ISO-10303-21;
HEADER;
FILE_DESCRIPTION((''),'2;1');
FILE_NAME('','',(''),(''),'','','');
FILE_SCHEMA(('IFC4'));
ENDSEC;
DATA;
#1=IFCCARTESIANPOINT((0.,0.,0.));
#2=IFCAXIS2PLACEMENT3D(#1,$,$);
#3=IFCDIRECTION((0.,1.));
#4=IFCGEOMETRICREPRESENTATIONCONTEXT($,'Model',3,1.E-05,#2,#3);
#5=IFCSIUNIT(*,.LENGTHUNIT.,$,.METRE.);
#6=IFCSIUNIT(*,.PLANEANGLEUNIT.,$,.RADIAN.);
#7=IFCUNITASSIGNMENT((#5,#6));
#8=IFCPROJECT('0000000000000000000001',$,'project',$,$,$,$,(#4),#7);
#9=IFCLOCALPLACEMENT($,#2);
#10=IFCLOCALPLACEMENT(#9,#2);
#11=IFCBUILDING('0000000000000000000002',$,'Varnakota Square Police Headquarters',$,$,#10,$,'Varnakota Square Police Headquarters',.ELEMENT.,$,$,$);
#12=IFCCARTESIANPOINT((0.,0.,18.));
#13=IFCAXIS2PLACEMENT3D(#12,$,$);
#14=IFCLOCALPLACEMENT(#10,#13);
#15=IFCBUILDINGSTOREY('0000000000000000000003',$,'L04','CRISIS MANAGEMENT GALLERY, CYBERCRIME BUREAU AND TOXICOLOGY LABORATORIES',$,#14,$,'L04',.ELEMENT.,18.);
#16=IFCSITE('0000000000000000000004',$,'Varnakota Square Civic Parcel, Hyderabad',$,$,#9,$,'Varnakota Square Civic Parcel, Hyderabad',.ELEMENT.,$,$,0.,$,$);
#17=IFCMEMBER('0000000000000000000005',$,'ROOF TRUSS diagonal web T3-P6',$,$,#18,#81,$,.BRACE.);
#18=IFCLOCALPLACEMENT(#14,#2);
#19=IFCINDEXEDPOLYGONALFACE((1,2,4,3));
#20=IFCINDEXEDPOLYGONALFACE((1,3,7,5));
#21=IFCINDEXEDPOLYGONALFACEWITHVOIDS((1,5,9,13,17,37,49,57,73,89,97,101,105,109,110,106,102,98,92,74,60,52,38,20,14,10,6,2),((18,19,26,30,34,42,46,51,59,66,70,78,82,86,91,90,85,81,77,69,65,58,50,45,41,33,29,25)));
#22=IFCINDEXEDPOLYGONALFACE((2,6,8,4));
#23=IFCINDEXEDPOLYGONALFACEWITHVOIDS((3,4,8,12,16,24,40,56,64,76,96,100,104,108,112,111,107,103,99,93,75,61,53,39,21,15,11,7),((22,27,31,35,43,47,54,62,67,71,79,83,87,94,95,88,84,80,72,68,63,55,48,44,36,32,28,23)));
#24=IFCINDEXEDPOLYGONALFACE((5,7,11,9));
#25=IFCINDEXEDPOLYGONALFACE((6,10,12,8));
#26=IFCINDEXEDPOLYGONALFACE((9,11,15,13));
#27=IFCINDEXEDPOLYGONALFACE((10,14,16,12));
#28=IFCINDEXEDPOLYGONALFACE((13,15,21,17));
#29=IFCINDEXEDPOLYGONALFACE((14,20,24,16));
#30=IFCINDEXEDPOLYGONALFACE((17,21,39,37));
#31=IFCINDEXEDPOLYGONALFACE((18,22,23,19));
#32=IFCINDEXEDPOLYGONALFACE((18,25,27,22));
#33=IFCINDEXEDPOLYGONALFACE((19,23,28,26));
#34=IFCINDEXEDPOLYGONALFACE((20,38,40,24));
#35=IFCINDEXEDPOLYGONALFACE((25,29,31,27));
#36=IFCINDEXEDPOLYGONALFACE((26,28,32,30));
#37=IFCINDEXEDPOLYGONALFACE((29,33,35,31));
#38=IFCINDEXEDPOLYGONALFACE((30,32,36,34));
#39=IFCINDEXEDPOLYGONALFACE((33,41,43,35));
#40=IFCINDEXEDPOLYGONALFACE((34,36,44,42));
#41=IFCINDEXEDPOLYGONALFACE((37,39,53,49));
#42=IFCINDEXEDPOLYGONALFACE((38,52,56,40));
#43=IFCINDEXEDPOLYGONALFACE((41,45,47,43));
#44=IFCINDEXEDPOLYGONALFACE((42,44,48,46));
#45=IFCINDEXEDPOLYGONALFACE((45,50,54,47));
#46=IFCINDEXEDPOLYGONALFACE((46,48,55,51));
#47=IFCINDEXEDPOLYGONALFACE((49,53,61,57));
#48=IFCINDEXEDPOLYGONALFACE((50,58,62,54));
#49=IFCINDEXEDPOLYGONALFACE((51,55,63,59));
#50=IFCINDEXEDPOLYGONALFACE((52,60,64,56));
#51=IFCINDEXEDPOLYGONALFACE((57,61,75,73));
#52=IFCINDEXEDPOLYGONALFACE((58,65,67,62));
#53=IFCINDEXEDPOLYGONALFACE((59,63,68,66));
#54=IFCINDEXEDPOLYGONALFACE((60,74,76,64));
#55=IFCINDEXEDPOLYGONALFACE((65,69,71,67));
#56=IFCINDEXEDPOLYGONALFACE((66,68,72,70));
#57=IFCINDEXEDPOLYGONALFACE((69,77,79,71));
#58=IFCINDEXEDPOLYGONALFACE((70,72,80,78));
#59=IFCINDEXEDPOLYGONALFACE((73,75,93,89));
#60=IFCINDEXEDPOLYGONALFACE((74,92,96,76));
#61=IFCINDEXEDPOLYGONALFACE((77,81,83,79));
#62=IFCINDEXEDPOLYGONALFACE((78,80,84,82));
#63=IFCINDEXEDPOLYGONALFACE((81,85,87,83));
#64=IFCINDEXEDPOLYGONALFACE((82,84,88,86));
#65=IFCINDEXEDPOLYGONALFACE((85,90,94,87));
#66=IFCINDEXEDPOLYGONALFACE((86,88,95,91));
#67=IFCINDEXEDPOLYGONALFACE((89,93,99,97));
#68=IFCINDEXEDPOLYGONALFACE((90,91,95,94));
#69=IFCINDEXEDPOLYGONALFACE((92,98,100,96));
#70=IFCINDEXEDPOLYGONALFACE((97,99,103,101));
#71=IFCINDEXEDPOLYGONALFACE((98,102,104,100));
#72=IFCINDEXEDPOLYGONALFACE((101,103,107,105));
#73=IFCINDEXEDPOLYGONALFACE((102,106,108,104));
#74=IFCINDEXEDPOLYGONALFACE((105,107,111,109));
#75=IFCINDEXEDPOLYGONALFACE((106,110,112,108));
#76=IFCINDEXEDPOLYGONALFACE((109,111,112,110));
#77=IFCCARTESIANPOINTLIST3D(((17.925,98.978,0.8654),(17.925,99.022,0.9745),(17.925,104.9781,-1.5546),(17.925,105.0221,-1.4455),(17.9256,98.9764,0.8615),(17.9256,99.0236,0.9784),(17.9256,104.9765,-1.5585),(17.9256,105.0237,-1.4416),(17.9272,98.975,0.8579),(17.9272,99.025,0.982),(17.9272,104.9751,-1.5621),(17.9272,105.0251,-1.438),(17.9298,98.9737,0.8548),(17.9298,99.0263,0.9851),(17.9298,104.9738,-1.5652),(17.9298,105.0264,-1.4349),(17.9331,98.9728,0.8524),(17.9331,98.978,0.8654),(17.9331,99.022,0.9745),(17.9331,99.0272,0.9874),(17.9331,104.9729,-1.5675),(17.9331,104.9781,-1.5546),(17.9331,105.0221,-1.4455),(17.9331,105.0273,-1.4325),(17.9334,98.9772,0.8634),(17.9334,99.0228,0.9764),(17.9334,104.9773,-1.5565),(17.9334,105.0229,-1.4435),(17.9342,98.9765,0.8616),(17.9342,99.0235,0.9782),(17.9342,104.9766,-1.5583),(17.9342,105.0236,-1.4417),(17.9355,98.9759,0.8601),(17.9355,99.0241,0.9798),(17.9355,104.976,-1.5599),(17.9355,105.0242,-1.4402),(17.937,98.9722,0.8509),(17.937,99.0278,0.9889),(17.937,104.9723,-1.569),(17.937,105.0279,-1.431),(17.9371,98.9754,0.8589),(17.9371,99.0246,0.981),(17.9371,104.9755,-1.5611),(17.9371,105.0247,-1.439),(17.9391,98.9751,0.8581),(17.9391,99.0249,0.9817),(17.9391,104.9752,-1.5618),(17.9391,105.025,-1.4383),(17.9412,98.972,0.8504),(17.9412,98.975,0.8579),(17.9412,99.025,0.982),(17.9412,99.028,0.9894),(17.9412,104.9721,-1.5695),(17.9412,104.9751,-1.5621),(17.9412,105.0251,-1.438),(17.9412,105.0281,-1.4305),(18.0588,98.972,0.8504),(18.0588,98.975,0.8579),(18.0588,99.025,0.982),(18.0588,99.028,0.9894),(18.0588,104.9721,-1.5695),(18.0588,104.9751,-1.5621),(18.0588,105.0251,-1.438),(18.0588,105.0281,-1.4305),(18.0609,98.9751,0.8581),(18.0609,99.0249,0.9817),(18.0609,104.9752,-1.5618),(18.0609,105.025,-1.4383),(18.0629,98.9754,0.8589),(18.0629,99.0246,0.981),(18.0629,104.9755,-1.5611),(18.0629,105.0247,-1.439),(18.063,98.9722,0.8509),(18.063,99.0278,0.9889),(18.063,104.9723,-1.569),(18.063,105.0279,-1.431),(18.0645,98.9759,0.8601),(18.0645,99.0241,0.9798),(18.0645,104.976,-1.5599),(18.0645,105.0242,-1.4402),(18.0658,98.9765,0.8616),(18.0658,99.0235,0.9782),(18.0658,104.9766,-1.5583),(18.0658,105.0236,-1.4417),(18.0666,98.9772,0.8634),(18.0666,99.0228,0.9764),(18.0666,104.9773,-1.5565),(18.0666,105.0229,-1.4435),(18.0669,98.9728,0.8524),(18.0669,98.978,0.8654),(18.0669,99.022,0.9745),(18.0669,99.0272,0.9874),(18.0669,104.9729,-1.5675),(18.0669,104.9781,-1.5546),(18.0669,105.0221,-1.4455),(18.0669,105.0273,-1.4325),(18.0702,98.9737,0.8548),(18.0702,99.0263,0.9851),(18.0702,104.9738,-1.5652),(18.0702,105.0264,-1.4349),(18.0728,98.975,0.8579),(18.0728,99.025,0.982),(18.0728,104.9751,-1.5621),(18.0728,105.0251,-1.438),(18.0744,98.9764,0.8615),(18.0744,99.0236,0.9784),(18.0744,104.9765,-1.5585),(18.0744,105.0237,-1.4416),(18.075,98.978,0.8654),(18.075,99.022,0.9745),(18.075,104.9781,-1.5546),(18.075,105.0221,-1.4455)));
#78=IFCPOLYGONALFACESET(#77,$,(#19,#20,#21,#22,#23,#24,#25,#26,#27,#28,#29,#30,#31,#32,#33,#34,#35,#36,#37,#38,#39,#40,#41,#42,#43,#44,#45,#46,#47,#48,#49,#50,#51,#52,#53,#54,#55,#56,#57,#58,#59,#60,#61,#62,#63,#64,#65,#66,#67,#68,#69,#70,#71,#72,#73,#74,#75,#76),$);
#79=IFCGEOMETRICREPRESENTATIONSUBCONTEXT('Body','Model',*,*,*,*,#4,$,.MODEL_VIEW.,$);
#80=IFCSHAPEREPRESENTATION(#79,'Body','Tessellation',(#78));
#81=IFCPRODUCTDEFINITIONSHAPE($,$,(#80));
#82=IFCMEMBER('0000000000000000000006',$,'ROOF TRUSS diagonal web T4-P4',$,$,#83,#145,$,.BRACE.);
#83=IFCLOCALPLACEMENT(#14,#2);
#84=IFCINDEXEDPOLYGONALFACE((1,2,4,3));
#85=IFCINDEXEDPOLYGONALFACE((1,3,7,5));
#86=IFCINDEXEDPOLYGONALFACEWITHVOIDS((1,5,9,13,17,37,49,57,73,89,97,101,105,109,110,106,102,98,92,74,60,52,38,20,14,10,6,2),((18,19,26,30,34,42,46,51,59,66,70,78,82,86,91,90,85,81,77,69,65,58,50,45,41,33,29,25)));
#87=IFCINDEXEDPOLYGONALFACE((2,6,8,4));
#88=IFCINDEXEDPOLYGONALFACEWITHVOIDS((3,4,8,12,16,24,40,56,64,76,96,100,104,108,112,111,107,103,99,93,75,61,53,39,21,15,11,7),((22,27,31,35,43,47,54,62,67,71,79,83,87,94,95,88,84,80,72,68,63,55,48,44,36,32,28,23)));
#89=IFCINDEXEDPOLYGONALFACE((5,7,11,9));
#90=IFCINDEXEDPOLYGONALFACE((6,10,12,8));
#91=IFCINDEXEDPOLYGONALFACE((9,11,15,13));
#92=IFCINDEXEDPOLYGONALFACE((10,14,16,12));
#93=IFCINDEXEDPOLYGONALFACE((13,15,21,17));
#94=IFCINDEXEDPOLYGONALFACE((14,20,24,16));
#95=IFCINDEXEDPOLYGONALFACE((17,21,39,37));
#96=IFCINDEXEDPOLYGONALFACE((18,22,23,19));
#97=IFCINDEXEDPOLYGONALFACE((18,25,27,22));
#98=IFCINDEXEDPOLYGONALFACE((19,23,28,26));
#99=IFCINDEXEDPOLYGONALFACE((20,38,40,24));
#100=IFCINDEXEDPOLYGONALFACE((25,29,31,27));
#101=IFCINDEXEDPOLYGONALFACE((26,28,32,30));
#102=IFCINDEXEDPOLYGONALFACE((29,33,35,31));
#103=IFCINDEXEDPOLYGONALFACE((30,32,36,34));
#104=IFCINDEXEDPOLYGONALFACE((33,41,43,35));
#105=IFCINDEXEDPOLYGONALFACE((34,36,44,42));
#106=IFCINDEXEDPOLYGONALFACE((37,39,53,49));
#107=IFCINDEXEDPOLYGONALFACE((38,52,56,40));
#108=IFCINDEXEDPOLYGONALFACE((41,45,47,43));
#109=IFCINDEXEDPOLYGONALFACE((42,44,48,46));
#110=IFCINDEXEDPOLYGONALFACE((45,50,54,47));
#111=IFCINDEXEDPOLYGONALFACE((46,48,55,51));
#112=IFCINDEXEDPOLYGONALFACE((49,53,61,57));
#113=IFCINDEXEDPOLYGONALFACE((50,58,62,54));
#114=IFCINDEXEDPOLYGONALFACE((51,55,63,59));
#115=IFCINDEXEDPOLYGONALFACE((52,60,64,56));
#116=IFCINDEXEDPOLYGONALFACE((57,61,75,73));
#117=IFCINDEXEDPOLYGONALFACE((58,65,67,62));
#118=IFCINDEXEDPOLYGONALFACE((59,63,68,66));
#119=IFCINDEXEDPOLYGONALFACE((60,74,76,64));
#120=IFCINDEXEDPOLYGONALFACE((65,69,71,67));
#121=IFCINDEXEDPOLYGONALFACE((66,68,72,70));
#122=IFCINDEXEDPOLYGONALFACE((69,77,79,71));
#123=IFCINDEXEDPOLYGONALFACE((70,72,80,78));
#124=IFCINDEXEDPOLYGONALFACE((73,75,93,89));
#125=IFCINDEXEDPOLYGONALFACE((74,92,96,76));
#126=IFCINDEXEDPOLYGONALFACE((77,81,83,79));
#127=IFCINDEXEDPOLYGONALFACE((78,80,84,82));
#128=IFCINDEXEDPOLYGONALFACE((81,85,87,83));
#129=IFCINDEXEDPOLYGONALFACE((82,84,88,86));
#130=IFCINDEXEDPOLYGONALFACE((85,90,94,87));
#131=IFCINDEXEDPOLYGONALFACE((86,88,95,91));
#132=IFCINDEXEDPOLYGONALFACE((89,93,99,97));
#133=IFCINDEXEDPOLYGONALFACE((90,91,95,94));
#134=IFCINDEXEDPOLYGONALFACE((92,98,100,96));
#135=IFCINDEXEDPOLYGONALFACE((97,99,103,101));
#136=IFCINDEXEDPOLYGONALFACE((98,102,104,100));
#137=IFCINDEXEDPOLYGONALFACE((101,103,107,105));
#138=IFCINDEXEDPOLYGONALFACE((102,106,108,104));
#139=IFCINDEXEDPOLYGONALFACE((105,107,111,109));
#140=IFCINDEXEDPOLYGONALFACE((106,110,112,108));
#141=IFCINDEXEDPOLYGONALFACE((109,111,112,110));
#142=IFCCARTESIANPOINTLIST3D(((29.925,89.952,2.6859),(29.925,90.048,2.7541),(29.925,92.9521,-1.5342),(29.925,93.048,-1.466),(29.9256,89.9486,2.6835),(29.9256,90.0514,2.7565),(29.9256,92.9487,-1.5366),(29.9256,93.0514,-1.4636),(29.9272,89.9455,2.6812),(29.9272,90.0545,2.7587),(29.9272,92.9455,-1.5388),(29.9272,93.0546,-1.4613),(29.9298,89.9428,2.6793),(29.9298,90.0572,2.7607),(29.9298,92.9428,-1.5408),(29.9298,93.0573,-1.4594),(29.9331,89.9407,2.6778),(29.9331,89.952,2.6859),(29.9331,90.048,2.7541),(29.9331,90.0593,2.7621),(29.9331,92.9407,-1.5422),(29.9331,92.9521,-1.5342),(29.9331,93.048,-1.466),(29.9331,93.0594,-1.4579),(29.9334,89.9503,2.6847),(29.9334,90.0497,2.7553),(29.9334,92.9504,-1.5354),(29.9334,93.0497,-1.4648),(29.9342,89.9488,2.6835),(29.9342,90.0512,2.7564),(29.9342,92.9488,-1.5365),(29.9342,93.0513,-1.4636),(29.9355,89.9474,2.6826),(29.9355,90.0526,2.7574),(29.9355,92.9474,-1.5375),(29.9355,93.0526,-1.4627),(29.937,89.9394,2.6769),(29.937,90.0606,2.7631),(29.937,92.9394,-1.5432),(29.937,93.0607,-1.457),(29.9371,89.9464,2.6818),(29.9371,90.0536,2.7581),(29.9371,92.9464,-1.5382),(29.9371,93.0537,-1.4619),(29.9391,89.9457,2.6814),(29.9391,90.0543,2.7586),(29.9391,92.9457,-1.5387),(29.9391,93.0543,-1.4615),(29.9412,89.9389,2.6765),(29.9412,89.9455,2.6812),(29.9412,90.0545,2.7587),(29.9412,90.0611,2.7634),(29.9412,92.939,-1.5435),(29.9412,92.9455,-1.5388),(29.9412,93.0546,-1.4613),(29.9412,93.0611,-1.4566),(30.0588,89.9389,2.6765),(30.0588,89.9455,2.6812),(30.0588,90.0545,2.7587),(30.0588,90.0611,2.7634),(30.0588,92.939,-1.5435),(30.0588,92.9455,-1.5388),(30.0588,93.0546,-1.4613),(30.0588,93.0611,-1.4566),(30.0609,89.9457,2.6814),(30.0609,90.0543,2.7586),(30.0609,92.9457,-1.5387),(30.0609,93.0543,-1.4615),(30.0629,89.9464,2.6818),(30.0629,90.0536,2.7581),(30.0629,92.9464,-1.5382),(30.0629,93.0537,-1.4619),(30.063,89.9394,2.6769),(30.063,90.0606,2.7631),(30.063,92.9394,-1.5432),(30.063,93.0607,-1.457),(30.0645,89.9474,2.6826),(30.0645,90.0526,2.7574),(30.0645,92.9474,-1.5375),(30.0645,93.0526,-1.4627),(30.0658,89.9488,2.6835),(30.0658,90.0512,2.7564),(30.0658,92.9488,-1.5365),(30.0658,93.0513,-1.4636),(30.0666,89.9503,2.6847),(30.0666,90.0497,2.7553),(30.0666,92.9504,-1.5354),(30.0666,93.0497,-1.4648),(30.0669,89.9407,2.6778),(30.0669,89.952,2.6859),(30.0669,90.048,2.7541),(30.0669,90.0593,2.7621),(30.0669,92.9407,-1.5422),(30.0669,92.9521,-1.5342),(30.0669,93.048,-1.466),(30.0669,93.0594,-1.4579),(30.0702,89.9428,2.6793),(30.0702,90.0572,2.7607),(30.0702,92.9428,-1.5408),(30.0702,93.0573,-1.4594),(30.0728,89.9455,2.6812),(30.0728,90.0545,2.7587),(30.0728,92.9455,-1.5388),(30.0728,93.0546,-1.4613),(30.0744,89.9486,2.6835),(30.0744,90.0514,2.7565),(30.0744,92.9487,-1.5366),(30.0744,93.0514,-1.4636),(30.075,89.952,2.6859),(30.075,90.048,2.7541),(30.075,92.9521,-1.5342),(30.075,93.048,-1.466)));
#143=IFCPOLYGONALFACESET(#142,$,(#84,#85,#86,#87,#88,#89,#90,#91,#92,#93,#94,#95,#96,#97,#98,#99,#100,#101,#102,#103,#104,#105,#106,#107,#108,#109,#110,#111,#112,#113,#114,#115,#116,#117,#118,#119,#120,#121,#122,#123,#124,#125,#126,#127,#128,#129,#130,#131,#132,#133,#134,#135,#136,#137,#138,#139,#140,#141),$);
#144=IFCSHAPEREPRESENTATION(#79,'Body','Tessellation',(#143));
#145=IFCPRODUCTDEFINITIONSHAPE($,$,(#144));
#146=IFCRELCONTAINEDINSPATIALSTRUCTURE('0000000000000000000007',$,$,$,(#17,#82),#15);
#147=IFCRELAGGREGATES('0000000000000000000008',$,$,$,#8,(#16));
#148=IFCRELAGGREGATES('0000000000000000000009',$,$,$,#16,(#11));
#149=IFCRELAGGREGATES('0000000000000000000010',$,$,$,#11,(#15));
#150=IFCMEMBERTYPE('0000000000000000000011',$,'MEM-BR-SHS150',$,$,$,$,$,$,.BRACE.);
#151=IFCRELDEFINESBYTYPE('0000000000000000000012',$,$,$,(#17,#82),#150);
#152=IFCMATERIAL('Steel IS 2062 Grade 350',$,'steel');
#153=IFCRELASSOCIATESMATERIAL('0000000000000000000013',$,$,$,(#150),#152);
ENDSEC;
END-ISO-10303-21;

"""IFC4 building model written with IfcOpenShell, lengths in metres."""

from ifc_helpers import new_model, si_unit, direction, frame, origin, origin_2d, place, context, subcontext, project, spatial, hollow_rectangle, extrude, material, material_profile, profile_set, type_object, element, save


model = new_model("IFC4")

# Units and contexts
model_context = context("Model", 3, precision=1e-05, world=origin(), true_north=direction((0.0, 1.0)))
body_context = subcontext(model_context, "Body", "Model", "MODEL_VIEW")
ifc_project = project(units=[si_unit("LENGTHUNIT", "METRE"), si_unit("PLANEANGLEUNIT", "RADIAN")], contexts=[model_context])

# Site, building, storey
site_placement = place(None, origin())
site = spatial("IfcSite", under=ifc_project, at=site_placement, Name="Varnakota Square Civic Parcel, Hyderabad", LongName="Varnakota Square Civic Parcel, Hyderabad", CompositionType="ELEMENT", RefElevation=0.0)
building_placement = place(site_placement, origin())
building = spatial("IfcBuilding", under=site, at=building_placement, Name="Varnakota Square Police Headquarters", LongName="Varnakota Square Police Headquarters", CompositionType="ELEMENT")
storey_placement = place(building_placement, frame((0.0, 0.0, 18.0)))
storey = spatial("IfcBuildingStorey", under=building, at=storey_placement, Name="L04", Description="CRISIS MANAGEMENT GALLERY, CYBERCRIME BUREAU AND TOXICOLOGY LABORATORIES", LongName="L04", CompositionType="ELEMENT", Elevation=18.0)

# Shared definitions
ifc_material_1 = material(Name="Steel IS 2062 Grade 350", Category="steel")

# Members
ifc_material_profile_1 = material_profile(ifc_material_1, hollow_rectangle(XDim=0.1499, YDim=0.1499, WallThickness=0.0081, InnerFilletRadius=0.0081, OuterFilletRadius=0.0161, at=origin_2d()), Name="SHS 150x150x8")
ifc_profile_set_1 = profile_set([ifc_material_profile_1], Name="Steel IS 2062 Grade 350")
member_type_1 = type_object("IfcMemberType", Name="MEM-BR-SHS150", PredefinedType="BRACE", material=ifc_profile_set_1)
member_1_placement = place(storey_placement, frame((18.0, 99.0, 0.9199), z_axis=(0.0, 0.927411, -0.374044), x_axis=(-1.0, 0.0, 0.0)))
element("IfcMember", 1, at=member_1_placement, inside=storey, type_object=member_type_1, Name="ROOF TRUSS diagonal web T3-P6", PredefinedType="BRACE", context=body_context, shape_type="SweptSolid", body=[
    extrude(hollow_rectangle(XDim=0.1499, YDim=0.1499, WallThickness=0.0081, InnerFilletRadius=0.0081, OuterFilletRadius=0.0161, at=origin_2d()), origin(), (0.0, 0.0, 1.0), 6.4697),
])
member_2_placement = place(storey_placement, frame((30.0, 90.0, 2.72), z_axis=(0.0, 0.579412, -0.815034), x_axis=(-1.0, 0.0, 0.0)))
element("IfcMember", 2, at=member_2_placement, inside=storey, type_object=member_type_1, Name="ROOF TRUSS diagonal web T4-P4", PredefinedType="BRACE", context=body_context, shape_type="SweptSolid", body=[
    extrude(hollow_rectangle(XDim=0.1499, YDim=0.1499, WallThickness=0.0081, InnerFilletRadius=0.0081, OuterFilletRadius=0.0161, at=origin_2d()), origin(), (0.0, 0.0, 1.0), 5.1777),
])

save(model, "model.ifc")
